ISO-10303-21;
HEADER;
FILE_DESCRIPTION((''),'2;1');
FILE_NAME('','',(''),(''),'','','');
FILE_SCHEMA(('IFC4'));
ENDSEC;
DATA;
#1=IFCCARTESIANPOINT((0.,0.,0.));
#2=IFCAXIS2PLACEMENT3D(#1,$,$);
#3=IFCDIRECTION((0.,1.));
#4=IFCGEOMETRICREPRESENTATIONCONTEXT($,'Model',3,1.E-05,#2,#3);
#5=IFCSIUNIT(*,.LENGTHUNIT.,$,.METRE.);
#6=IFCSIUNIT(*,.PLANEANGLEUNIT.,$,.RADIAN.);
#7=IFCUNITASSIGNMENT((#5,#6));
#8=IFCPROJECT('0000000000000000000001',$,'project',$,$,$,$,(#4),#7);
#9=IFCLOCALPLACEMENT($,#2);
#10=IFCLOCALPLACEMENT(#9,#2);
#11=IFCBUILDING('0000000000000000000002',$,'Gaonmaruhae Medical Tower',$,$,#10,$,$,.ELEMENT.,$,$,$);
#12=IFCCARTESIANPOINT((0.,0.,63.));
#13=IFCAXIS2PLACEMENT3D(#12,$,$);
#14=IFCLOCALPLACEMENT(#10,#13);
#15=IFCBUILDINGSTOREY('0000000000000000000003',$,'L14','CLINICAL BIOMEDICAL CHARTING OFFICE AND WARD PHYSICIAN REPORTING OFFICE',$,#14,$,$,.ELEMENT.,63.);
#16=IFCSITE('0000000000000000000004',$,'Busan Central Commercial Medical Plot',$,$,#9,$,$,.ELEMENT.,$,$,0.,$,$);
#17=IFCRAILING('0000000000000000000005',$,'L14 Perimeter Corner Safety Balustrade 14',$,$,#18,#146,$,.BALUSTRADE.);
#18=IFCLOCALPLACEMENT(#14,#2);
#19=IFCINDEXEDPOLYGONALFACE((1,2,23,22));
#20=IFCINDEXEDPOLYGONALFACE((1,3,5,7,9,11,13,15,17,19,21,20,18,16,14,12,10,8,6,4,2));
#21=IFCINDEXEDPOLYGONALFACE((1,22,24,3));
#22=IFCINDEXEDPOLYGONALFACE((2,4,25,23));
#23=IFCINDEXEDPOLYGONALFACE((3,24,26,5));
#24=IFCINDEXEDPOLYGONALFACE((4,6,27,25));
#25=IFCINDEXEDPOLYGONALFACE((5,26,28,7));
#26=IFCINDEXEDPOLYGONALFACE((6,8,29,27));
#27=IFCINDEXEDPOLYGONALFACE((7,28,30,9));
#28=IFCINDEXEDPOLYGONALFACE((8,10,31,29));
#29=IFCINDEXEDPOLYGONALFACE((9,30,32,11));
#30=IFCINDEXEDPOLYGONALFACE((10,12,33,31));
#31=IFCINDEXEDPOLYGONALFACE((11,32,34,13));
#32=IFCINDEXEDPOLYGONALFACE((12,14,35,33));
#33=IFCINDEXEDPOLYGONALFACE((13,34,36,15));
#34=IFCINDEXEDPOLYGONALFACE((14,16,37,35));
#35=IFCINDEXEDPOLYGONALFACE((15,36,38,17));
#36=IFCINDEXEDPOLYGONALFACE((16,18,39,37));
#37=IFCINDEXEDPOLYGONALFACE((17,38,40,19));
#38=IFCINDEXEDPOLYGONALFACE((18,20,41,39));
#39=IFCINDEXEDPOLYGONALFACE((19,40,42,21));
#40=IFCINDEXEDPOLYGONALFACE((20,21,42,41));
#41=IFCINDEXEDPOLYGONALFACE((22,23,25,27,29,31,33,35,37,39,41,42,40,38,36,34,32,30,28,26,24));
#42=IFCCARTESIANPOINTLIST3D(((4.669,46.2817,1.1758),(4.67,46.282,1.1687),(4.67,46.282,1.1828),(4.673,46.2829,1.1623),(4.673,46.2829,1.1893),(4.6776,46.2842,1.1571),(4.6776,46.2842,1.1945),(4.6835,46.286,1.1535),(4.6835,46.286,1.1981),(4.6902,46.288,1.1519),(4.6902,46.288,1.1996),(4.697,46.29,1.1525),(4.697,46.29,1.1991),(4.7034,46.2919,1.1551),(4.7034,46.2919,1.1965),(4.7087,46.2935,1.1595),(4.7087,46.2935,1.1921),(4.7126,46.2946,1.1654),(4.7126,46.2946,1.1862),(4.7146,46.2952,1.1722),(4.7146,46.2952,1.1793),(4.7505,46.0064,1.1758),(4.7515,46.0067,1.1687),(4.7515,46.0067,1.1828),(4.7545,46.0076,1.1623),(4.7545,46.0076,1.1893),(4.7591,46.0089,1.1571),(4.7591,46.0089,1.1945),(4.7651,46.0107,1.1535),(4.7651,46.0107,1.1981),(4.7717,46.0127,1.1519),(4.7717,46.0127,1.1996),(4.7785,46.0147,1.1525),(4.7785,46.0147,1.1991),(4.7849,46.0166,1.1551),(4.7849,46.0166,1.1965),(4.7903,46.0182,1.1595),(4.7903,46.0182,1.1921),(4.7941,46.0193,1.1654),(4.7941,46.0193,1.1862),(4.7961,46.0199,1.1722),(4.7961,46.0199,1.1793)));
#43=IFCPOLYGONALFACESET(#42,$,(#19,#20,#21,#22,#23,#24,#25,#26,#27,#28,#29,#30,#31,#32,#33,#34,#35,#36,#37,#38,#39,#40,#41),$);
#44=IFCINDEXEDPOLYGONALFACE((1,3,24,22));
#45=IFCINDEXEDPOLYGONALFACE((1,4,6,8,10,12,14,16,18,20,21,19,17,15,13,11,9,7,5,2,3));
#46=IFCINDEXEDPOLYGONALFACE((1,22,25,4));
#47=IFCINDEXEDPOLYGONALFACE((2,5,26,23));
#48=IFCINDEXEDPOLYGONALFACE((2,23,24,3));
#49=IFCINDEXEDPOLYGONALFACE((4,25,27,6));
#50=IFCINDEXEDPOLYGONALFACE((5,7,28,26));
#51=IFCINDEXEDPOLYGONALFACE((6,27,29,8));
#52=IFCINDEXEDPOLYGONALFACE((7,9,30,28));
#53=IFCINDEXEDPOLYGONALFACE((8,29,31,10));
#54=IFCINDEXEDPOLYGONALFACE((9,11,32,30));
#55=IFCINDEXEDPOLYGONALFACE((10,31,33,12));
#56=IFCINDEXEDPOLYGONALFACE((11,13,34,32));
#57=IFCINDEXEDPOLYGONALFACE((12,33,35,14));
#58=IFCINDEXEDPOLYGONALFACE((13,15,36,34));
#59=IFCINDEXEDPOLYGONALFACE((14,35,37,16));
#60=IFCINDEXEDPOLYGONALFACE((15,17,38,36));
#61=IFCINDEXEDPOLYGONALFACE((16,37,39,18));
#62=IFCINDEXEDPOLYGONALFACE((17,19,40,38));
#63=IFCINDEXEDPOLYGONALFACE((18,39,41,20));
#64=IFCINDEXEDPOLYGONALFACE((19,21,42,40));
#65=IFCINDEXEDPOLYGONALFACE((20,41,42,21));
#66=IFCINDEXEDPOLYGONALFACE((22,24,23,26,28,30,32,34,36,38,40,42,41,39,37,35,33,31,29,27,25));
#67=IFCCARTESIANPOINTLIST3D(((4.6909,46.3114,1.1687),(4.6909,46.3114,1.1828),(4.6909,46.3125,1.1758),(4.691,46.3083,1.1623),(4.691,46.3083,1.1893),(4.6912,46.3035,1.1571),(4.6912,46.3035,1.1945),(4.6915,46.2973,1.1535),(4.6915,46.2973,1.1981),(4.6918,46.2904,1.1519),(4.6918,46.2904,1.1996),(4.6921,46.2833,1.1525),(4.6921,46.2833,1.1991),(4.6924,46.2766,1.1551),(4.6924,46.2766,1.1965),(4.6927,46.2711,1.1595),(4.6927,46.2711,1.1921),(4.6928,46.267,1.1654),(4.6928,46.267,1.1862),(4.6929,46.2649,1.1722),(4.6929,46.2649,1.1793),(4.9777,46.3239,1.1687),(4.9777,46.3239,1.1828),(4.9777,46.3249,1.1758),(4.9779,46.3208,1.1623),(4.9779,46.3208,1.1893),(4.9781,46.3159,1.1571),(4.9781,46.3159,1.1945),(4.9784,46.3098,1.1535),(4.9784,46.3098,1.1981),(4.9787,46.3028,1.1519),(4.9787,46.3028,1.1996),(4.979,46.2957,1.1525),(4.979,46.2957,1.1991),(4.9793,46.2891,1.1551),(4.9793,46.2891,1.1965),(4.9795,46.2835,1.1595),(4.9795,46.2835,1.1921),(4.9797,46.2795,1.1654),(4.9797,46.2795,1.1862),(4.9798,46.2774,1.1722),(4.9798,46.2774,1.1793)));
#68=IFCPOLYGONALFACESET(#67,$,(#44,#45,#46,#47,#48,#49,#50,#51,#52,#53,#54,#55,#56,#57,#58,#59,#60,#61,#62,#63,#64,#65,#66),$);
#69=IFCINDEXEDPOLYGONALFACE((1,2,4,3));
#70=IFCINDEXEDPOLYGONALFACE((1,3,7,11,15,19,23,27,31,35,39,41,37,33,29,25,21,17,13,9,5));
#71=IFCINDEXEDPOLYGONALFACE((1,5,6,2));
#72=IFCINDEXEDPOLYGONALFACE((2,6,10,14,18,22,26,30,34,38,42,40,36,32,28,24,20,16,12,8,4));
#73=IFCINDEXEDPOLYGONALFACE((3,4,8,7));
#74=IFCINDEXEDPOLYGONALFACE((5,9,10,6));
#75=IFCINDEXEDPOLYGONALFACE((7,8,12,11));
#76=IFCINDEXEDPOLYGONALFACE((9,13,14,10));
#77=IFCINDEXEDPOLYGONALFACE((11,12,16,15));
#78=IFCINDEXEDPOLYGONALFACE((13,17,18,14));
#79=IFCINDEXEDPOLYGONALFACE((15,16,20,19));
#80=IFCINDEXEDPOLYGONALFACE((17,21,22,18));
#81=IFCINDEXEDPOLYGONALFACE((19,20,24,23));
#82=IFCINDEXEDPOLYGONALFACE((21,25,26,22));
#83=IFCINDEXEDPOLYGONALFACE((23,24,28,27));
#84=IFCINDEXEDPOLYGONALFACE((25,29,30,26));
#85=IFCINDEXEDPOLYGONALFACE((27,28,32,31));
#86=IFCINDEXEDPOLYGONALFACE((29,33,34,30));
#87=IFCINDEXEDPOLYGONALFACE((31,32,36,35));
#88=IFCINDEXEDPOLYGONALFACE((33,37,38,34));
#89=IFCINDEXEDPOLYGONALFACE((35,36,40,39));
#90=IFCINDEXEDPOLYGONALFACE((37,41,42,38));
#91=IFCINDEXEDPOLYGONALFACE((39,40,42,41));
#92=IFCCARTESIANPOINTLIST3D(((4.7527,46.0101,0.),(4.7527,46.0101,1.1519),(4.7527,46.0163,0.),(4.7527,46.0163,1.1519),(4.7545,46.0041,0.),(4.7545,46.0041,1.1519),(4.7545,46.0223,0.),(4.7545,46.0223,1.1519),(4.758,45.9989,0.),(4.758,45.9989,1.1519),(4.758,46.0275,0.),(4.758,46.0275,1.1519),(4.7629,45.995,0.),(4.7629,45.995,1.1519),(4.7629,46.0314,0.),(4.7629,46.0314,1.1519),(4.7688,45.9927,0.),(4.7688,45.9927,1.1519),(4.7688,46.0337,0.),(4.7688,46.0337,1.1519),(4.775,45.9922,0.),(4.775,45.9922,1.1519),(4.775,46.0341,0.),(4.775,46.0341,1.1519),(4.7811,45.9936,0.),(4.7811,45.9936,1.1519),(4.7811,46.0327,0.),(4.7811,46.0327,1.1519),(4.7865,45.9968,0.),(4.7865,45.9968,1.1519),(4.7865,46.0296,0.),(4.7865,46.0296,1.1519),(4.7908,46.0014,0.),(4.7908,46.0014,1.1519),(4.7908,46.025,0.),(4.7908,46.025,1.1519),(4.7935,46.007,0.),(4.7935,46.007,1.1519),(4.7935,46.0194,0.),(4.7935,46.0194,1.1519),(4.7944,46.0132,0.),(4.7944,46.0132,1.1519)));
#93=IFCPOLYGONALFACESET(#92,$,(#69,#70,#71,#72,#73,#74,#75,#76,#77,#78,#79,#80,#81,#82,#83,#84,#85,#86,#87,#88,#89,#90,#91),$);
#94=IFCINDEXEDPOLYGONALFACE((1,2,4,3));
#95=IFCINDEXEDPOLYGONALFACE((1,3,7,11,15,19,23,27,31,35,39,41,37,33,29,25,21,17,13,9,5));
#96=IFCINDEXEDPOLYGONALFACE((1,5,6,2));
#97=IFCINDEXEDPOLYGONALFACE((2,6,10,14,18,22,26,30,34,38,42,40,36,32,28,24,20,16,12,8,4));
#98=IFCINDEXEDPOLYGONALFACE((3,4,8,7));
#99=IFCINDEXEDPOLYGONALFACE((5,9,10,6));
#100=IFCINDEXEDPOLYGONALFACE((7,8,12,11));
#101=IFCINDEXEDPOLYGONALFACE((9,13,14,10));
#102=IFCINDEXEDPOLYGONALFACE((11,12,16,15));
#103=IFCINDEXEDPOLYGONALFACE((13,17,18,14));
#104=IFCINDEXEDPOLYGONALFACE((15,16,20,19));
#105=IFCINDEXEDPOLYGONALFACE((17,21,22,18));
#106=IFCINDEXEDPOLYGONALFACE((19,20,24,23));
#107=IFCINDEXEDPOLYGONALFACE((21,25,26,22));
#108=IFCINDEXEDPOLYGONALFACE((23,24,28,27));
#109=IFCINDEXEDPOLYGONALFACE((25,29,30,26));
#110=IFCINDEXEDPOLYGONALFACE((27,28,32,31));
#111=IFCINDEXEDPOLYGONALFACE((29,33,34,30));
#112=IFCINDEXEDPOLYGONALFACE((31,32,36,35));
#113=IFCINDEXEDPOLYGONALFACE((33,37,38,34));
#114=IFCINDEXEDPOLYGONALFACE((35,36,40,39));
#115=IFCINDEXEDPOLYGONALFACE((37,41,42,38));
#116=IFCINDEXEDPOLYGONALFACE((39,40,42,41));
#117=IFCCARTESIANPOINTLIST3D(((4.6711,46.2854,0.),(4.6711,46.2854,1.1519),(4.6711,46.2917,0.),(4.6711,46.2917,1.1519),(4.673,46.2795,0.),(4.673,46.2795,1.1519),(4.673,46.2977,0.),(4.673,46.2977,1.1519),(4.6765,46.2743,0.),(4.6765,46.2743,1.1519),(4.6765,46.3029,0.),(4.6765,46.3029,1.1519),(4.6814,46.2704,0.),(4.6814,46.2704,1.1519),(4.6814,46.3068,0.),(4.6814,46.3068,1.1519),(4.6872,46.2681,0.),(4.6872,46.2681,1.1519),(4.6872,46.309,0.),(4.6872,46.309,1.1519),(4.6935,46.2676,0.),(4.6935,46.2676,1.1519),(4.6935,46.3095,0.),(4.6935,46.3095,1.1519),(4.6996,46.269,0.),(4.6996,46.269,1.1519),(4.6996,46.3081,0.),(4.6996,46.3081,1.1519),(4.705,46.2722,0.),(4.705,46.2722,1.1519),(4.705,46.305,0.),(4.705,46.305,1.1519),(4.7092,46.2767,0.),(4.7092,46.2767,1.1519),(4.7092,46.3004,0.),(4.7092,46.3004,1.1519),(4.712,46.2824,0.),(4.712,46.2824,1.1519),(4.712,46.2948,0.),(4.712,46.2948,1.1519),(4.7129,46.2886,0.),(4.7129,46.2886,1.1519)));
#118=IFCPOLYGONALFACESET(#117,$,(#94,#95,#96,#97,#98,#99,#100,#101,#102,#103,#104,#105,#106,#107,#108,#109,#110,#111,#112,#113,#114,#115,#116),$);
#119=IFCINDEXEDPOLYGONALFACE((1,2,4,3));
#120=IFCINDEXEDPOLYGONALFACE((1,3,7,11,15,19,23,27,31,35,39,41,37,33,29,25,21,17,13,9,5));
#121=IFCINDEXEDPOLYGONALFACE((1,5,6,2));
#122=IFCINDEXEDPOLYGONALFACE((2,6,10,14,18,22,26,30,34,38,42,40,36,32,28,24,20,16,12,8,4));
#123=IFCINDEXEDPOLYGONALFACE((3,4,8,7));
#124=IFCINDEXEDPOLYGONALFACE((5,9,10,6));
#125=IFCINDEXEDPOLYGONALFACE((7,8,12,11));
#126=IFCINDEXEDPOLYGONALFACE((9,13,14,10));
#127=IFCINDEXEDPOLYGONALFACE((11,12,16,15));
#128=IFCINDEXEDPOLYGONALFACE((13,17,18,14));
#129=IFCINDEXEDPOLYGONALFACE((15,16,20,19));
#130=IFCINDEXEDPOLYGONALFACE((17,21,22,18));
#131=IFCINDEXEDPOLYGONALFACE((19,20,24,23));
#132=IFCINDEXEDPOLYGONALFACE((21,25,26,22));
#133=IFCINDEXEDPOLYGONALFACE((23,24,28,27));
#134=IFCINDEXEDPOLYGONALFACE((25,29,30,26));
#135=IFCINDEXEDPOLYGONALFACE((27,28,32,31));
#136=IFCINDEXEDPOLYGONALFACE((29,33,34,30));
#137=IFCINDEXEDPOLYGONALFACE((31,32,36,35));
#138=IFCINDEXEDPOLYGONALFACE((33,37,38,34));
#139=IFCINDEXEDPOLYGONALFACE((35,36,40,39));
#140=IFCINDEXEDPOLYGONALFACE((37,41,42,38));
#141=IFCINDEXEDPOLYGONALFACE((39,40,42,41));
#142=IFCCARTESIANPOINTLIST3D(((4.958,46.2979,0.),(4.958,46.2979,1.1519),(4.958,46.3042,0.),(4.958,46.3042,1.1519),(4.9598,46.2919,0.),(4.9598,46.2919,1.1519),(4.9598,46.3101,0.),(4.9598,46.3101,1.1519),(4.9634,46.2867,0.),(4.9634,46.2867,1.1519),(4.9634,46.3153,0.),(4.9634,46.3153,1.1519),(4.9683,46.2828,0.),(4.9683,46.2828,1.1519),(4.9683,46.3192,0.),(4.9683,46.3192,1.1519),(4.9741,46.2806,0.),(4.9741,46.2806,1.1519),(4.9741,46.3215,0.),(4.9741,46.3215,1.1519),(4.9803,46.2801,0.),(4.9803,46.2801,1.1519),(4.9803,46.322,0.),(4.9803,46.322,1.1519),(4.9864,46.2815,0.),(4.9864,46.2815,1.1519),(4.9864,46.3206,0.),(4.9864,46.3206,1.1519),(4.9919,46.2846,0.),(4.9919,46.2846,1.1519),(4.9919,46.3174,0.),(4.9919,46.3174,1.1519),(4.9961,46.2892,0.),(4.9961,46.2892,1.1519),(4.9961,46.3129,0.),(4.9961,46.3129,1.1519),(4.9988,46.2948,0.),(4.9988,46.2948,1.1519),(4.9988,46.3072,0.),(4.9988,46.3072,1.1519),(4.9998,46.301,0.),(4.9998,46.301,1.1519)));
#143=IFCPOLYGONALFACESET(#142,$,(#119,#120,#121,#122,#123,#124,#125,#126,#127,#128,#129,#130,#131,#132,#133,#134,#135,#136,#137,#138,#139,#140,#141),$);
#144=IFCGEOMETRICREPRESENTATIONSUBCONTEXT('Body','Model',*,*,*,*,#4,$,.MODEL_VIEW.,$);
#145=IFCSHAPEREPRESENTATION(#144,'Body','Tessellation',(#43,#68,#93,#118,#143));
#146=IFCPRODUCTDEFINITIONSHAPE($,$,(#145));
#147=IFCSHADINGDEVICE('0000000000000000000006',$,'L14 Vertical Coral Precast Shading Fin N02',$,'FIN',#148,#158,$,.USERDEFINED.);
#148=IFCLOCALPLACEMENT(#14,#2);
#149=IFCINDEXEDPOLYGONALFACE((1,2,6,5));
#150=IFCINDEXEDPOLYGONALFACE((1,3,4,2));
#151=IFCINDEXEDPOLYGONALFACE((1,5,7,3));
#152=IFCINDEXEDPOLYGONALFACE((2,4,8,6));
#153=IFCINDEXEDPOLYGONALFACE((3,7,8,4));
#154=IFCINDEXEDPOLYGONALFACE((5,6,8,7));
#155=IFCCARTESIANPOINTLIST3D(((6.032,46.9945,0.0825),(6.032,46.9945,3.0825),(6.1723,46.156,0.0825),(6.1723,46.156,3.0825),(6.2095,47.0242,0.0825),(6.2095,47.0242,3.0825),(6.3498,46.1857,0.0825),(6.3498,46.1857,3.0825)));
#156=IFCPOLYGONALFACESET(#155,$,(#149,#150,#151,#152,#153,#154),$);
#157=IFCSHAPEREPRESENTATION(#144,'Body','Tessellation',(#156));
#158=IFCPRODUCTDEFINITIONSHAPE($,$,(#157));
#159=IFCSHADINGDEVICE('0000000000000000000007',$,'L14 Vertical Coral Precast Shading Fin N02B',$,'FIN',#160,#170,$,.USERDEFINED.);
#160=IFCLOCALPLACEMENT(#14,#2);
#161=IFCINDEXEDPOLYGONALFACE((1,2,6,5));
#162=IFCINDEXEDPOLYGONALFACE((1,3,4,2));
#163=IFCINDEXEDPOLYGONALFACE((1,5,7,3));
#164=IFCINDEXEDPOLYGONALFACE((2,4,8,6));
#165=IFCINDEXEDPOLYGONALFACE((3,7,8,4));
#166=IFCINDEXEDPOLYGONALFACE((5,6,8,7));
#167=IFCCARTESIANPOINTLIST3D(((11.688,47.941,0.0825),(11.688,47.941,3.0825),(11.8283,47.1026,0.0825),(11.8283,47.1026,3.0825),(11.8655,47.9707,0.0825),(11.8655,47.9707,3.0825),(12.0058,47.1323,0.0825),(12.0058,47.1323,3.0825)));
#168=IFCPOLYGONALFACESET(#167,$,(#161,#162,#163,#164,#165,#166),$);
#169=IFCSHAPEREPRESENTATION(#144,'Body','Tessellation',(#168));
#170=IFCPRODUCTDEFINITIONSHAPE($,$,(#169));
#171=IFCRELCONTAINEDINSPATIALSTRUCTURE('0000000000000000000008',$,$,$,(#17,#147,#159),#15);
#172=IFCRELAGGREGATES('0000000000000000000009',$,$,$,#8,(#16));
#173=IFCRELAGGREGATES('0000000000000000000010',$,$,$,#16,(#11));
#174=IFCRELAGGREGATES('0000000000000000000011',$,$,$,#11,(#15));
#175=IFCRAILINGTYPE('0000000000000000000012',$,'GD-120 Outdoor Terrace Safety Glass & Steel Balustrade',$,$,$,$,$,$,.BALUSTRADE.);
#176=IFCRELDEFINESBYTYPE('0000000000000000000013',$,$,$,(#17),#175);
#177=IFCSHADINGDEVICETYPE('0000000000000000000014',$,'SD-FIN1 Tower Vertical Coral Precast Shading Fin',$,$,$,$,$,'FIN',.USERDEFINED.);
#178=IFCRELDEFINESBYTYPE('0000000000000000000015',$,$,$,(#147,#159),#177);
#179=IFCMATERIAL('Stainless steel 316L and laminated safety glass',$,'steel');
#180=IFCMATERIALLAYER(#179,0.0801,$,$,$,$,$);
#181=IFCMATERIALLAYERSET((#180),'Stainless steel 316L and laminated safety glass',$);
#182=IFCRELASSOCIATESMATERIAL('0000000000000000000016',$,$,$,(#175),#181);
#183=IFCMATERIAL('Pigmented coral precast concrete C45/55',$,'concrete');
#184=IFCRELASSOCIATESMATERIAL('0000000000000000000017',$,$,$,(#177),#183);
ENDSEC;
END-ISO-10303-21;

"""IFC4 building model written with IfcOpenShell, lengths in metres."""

from ifc_helpers import new_model, si_unit, direction, frame, origin, origin_2d, place, context, subcontext, project, spatial, rectangle, circle, extrude, material, layer, layer_set, type_object, element, save


model = new_model("IFC4")

# Units and contexts
model_context = context("Model", 3, precision=1e-05, world=origin(), true_north=direction((0.0, 1.0)))
body_context = subcontext(model_context, "Body", "Model", "MODEL_VIEW")
ifc_project = project(units=[si_unit("LENGTHUNIT", "METRE"), si_unit("PLANEANGLEUNIT", "RADIAN")], contexts=[model_context])

# Site, building, storey
site_placement = place(None, origin())
site = spatial("IfcSite", under=ifc_project, at=site_placement, Name="Busan Central Commercial Medical Plot", CompositionType="ELEMENT", RefElevation=0.0)
building_placement = place(site_placement, origin())
building = spatial("IfcBuilding", under=site, at=building_placement, Name="Gaonmaruhae Medical Tower", CompositionType="ELEMENT")
storey_placement = place(building_placement, frame((0.0, 0.0, 63.0)))
storey = spatial("IfcBuildingStorey", under=building, at=storey_placement, Name="L14", Description="CLINICAL BIOMEDICAL CHARTING OFFICE AND WARD PHYSICIAN REPORTING OFFICE", CompositionType="ELEMENT", Elevation=63.0)

# Railing
ifc_material_1 = material(Name="Stainless steel 316L and laminated safety glass", Category="steel")
ifc_layer_1 = layer(ifc_material_1, 0.0801)
ifc_layer_set_1 = layer_set([ifc_layer_1], Name="Stainless steel 316L and laminated safety glass")
railing_type = type_object("IfcRailingType", Name="GD-120 Outdoor Terrace Safety Glass & Steel Balustrade", PredefinedType="BALUSTRADE", material=ifc_layer_set_1)
railing_1_placement = place(storey_placement, frame((4.7734, 46.0132, 0.0)))
element("IfcRailing", 1, at=railing_1_placement, inside=storey, type_object=railing_type, Name="L14 Perimeter Corner Safety Balustrade 14", PredefinedType="BALUSTRADE", context=body_context, shape_type="SweptSolid", body=[
    extrude(circle(Radius=0.0239, at=origin_2d()), frame((0.0, 0.0, 1.1758), z_axis=(-0.283915, 0.95885, 0.0), x_axis=(-0.95885, -0.283915, 0.0)), (0.0, 0.0, 1.0), 0.2871),
    extrude(circle(Radius=0.0239, at=origin_2d()), frame((-0.0815, 0.2754, 1.1758), z_axis=(0.999059, 0.043363, 0.0), x_axis=(-0.043363, 0.999059, 0.0)), (0.0, 0.0, 1.0), 0.2871),
    extrude(circle(Radius=0.021, at=origin_2d()), origin(), (0.0, 0.0, 1.0), 1.1519),
    extrude(circle(Radius=0.021, at=origin_2d()), frame((-0.0815, 0.2754, 0.0)), (0.0, 0.0, 1.0), 1.1519),
    extrude(circle(Radius=0.021, at=origin_2d()), frame((0.2053, 0.2878, 0.0)), (0.0, 0.0, 1.0), 1.1519),
])

# Shading devices
ifc_material_2 = material(Name="Pigmented coral precast concrete C45/55", Category="concrete")
shading_device_type = type_object("IfcShadingDeviceType", Name="SD-FIN1 Tower Vertical Coral Precast Shading Fin", ElementType="FIN", PredefinedType="USERDEFINED", material=ifc_material_2)
for number, where, z_axis, x_axis, name in (
    (2, (6.1909, 46.5901, 0.0825), (0.0, 0.0, 1.0), (0.986286, 0.165048, 0.0), "L14 Vertical Coral Precast Shading Fin N02"),
    (3, (11.8469, 47.5366, 0.0825), (0.0, 0.0, 1.0), (0.986286, 0.165048, 0.0), "L14 Vertical Coral Precast Shading Fin N02B"),
):
    element("IfcShadingDevice", number, at=place(storey_placement, frame(where, z_axis=z_axis, x_axis=x_axis)), inside=storey, type_object=shading_device_type, Name=name, ObjectType="FIN", PredefinedType="USERDEFINED", context=body_context, shape_type="SweptSolid", body=[
        extrude(rectangle(XDim=0.1799, YDim=0.8501, at=origin_2d()), origin(), (0.0, 0.0, 1.0), 3.0),
    ])

save(model, "model.ifc")
